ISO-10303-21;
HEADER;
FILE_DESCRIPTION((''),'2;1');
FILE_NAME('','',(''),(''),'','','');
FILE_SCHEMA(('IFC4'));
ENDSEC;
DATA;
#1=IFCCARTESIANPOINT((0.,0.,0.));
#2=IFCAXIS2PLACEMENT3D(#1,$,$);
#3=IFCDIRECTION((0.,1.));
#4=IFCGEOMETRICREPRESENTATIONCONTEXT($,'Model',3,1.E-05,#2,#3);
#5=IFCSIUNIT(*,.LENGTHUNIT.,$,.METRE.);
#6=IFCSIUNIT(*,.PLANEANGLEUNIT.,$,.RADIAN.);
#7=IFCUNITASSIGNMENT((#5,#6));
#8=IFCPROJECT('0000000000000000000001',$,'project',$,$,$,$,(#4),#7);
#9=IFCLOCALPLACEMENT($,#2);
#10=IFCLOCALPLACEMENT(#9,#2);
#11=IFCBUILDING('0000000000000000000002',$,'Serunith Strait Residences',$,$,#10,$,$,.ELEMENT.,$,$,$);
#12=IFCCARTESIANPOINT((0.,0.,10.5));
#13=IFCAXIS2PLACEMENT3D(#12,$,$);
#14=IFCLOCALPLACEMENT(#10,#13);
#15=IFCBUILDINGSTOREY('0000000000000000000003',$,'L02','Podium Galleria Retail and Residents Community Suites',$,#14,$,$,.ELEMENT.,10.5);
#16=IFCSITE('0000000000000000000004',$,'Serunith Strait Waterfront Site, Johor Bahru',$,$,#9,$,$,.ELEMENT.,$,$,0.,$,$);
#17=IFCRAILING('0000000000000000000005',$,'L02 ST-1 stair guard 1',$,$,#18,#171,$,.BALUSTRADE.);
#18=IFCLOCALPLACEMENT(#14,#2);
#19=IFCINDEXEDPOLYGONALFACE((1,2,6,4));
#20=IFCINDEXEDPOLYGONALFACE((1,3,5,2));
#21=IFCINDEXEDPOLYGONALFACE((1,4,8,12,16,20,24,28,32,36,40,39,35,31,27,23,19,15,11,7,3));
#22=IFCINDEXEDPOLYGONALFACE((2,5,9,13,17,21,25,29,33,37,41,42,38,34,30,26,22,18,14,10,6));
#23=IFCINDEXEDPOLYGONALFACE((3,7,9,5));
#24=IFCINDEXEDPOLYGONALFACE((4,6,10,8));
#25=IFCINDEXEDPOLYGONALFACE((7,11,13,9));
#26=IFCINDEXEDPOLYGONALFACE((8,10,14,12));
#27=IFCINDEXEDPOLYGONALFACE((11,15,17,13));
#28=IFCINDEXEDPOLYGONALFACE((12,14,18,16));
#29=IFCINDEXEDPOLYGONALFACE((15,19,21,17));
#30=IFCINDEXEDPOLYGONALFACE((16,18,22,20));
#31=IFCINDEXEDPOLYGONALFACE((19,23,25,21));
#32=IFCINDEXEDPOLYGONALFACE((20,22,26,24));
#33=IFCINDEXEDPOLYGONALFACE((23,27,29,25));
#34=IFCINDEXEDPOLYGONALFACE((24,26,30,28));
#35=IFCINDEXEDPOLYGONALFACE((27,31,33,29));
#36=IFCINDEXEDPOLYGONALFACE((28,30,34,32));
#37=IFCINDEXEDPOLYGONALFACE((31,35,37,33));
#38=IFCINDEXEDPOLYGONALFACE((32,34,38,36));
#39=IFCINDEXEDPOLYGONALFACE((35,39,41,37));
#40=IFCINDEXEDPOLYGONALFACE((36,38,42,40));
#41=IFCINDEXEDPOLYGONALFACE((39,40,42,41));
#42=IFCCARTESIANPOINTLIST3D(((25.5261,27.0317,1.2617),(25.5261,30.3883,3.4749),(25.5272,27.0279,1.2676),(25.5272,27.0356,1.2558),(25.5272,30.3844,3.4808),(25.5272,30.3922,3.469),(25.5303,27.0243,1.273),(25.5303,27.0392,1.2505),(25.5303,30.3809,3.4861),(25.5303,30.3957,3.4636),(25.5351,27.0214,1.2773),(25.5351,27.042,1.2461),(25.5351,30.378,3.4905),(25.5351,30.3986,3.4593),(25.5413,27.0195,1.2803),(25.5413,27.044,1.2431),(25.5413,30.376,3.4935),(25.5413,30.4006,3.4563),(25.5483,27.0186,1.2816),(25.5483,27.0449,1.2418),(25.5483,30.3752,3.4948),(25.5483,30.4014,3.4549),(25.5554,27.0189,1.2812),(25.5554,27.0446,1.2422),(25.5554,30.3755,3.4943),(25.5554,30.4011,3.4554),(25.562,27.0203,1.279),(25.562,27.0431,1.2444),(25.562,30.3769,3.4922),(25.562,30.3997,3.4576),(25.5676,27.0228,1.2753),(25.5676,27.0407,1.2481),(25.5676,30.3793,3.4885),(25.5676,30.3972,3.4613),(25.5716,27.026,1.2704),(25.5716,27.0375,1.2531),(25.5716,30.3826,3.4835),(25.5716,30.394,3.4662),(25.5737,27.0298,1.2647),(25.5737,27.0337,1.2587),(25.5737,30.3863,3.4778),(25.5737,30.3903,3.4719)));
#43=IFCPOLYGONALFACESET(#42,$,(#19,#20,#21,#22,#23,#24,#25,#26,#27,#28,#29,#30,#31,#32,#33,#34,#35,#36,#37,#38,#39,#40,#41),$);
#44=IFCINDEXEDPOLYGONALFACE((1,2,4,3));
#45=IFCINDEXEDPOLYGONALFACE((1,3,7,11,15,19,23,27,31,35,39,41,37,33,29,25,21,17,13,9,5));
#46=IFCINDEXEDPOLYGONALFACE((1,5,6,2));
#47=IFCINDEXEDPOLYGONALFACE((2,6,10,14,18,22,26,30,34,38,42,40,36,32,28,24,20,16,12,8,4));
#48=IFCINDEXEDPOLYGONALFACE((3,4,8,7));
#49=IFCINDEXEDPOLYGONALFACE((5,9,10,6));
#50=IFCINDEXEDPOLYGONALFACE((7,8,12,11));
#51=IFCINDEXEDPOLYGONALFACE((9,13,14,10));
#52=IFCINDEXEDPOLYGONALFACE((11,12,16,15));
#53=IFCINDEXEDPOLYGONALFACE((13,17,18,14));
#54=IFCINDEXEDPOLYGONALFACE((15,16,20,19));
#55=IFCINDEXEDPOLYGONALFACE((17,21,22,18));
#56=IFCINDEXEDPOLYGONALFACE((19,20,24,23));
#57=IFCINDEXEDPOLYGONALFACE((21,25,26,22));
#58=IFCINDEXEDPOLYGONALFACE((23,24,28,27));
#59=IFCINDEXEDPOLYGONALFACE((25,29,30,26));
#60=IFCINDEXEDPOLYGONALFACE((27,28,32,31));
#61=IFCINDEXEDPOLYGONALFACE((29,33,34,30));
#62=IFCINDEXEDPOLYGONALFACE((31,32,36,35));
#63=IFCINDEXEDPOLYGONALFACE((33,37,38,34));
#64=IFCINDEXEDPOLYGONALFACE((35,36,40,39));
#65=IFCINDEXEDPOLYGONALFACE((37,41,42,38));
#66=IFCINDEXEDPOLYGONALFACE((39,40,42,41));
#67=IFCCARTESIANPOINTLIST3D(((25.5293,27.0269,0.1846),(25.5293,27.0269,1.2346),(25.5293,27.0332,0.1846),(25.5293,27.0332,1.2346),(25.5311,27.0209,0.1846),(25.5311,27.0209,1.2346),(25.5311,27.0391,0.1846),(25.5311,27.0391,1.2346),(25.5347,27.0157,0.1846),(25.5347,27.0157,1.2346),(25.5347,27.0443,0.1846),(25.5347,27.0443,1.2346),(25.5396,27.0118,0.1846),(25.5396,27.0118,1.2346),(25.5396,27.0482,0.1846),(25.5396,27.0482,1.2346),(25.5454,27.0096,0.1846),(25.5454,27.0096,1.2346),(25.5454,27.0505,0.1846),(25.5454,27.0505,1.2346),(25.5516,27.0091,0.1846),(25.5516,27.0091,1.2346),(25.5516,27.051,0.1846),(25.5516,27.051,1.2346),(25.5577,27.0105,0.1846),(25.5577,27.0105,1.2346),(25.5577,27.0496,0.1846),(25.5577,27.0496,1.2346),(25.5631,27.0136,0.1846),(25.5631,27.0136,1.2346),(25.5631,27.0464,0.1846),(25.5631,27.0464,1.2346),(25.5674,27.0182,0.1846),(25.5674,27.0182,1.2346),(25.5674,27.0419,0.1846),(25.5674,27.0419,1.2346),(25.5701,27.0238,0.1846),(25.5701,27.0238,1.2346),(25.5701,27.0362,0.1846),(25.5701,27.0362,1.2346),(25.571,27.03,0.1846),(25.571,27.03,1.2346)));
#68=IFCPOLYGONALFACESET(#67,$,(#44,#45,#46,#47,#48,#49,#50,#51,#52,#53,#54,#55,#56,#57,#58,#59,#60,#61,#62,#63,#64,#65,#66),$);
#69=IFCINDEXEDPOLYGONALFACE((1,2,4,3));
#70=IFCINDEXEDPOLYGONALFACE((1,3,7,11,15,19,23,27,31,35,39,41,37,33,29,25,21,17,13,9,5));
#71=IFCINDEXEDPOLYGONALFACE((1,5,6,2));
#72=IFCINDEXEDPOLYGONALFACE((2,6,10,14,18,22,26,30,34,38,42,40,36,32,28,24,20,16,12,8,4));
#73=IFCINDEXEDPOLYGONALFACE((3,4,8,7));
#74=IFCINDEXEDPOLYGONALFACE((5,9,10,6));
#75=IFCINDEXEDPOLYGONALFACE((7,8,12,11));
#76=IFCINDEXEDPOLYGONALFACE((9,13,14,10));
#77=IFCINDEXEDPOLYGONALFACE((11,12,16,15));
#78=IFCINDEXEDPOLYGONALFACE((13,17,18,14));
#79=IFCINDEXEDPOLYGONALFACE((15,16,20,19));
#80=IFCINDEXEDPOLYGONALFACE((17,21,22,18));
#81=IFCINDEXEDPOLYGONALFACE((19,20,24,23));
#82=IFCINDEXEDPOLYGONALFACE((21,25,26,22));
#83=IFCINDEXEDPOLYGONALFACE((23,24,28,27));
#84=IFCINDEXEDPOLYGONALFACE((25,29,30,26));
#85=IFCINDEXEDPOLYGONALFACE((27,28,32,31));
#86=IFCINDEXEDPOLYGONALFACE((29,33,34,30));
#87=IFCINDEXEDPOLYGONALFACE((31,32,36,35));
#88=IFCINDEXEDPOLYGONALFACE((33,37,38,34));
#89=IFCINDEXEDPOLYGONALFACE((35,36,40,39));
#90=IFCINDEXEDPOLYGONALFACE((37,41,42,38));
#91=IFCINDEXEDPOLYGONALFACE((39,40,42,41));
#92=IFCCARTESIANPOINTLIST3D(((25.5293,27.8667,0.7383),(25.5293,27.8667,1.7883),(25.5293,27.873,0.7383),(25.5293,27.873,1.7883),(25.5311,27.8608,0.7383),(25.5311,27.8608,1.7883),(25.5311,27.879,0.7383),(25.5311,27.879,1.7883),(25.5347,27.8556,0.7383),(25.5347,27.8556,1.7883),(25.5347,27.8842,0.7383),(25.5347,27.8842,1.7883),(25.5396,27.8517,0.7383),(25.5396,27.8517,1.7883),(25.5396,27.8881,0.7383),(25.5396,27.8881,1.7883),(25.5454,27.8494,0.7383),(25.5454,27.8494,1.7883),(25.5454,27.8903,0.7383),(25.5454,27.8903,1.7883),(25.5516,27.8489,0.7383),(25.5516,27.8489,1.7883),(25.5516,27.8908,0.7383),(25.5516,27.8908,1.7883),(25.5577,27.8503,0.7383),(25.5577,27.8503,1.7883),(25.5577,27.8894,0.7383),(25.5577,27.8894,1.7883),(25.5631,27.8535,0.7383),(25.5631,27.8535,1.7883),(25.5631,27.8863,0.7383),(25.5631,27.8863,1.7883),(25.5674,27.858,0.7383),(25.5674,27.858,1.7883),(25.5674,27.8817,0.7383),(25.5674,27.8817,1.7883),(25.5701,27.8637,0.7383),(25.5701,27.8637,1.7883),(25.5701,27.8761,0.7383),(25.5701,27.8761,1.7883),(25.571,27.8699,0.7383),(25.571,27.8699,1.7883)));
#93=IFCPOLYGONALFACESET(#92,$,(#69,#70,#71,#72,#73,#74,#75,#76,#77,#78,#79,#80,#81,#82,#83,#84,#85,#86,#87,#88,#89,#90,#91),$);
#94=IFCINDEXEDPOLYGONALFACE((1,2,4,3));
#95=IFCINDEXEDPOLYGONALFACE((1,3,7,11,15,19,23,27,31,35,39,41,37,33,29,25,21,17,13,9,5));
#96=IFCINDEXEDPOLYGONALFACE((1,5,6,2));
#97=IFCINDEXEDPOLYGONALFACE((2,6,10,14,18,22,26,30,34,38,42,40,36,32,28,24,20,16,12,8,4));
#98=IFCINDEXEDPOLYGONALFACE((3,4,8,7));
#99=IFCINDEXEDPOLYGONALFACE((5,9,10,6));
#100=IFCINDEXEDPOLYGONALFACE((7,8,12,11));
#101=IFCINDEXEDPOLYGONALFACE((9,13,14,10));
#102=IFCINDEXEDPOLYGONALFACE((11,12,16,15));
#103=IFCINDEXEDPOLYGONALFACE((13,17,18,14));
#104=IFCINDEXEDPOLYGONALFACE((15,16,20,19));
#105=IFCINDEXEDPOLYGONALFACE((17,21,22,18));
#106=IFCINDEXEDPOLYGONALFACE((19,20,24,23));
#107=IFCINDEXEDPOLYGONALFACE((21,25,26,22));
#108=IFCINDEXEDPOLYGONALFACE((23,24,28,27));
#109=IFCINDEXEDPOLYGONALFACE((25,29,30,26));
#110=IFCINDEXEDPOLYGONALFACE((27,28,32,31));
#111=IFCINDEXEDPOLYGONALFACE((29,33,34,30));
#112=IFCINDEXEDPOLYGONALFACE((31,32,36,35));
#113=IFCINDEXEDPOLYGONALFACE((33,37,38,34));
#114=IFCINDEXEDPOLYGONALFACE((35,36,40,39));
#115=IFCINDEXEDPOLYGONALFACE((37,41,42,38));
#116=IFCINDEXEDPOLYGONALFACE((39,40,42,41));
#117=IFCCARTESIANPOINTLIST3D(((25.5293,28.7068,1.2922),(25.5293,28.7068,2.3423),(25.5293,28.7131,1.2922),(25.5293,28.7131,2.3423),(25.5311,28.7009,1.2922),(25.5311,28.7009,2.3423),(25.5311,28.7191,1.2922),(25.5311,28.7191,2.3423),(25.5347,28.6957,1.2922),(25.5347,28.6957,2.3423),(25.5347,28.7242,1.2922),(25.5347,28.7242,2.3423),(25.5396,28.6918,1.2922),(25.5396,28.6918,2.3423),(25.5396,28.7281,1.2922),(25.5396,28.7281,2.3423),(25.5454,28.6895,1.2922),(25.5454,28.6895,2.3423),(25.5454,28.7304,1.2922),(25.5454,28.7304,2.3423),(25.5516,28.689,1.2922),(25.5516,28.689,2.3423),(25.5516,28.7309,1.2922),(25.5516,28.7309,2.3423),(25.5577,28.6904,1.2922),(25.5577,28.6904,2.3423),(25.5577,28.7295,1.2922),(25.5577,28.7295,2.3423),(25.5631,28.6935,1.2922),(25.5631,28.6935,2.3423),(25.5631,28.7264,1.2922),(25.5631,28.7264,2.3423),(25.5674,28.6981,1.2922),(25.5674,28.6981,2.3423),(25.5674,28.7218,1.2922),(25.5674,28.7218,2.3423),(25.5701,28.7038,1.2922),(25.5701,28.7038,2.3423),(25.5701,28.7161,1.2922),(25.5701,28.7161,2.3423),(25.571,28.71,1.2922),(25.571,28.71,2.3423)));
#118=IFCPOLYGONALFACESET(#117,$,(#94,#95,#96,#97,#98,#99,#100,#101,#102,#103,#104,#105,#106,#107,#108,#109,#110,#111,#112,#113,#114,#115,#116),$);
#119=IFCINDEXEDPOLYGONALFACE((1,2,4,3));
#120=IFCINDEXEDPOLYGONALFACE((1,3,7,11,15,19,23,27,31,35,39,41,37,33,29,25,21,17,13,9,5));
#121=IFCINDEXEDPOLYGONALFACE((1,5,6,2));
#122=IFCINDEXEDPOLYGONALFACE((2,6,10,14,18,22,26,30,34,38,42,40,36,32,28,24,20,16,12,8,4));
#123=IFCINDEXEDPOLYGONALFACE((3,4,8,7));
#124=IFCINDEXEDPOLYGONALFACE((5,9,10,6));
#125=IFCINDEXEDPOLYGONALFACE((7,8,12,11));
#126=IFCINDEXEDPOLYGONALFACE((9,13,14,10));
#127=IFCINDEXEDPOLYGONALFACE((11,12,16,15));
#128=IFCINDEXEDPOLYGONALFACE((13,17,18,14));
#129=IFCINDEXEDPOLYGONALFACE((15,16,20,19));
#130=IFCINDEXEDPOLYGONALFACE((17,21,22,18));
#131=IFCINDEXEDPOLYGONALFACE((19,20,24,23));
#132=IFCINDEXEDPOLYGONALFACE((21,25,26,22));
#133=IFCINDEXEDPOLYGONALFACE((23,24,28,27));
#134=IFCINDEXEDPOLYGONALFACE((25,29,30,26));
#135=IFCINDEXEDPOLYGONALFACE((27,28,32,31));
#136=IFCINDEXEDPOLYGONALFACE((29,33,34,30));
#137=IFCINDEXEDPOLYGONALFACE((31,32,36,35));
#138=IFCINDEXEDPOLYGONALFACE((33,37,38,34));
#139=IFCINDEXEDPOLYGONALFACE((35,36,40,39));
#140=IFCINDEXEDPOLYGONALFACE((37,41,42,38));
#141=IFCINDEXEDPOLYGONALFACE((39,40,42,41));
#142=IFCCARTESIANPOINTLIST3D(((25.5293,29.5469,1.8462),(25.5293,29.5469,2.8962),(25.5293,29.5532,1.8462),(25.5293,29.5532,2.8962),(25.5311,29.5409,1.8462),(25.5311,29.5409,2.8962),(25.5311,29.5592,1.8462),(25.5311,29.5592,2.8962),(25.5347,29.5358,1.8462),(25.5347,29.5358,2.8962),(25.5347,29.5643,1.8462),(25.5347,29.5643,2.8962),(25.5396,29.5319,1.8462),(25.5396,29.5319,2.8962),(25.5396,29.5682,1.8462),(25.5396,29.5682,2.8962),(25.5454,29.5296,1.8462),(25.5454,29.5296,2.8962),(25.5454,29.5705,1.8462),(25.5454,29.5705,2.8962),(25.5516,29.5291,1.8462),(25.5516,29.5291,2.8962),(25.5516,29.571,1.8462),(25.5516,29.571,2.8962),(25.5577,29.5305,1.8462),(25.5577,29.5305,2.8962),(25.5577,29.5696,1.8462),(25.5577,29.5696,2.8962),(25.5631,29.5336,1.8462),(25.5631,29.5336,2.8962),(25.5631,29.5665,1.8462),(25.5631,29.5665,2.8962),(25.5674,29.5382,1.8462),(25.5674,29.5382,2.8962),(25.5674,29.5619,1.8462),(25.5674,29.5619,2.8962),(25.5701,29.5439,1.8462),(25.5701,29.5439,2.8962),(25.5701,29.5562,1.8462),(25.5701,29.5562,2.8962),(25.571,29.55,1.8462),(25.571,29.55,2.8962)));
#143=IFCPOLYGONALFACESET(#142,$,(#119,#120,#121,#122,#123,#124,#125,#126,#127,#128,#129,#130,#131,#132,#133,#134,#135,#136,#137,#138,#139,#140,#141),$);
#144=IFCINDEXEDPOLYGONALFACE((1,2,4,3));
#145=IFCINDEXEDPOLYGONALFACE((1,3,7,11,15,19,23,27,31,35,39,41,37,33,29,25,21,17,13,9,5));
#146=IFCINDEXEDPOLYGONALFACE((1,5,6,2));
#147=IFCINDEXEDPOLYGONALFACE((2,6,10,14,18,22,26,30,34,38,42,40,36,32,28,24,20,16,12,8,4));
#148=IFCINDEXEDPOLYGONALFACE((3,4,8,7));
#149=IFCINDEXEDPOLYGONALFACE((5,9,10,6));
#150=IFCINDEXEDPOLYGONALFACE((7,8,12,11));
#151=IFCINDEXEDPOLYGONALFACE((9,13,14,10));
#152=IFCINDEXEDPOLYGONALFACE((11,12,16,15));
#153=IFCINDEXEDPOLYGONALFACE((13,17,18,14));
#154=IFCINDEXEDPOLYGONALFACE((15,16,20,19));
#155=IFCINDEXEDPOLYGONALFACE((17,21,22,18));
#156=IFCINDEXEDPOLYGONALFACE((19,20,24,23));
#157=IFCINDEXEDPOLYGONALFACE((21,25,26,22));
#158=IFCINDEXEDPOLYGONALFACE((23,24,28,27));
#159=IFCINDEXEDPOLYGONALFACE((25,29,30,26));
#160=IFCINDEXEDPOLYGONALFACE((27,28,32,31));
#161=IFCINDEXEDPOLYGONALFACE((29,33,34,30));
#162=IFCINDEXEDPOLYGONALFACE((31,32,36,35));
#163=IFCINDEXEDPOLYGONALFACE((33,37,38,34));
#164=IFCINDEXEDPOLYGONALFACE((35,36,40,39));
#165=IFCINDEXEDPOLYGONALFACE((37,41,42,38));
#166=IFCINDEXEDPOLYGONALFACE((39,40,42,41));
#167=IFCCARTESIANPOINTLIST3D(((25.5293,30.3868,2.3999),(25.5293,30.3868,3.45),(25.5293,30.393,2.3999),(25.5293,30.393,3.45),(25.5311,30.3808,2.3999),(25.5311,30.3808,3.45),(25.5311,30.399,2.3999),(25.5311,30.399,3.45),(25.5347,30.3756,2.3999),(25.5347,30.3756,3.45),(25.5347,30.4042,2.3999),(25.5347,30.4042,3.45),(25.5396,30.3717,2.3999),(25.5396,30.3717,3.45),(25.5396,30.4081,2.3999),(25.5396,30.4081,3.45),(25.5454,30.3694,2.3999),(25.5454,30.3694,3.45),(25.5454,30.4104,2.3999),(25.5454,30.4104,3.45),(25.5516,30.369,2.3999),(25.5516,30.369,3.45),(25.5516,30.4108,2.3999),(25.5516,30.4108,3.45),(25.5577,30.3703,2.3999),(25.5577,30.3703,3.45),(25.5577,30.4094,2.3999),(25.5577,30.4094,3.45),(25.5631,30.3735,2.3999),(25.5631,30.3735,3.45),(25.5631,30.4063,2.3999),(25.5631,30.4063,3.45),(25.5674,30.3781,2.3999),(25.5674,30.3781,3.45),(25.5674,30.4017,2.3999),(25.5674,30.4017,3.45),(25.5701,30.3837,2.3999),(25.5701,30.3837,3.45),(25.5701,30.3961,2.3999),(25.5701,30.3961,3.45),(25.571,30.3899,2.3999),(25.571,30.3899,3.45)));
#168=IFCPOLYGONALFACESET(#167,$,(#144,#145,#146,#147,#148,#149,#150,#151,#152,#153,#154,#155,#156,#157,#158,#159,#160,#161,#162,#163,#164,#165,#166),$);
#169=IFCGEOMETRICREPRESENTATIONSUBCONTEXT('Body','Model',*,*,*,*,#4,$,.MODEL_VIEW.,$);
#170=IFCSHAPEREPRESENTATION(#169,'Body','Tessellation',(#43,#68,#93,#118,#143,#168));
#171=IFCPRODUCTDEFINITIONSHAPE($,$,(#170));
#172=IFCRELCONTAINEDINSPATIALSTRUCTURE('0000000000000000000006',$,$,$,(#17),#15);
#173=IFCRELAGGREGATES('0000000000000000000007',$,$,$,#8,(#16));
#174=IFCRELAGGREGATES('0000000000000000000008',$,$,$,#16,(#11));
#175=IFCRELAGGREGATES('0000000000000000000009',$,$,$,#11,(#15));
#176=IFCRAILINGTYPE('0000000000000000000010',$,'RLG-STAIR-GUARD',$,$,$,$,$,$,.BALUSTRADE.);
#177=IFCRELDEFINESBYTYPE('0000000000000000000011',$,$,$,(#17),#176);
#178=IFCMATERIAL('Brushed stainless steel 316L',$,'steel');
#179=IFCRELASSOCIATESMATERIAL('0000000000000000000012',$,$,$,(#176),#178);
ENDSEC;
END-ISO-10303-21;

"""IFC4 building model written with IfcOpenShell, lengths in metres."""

from ifc_helpers import new_model, si_unit, direction, frame, origin, origin_2d, place, context, subcontext, project, spatial, circle, extrude, material, type_object, element, save


model = new_model("IFC4")

# Units and contexts
model_context = context("Model", 3, precision=1e-05, world=origin(), true_north=direction((0.0, 1.0)))
body_context = subcontext(model_context, "Body", "Model", "MODEL_VIEW")
ifc_project = project(units=[si_unit("LENGTHUNIT", "METRE"), si_unit("PLANEANGLEUNIT", "RADIAN")], contexts=[model_context])

# Site, building, storey
site_placement = place(None, origin())
site = spatial("IfcSite", under=ifc_project, at=site_placement, Name="Serunith Strait Waterfront Site, Johor Bahru", CompositionType="ELEMENT", RefElevation=0.0)
building_placement = place(site_placement, origin())
building = spatial("IfcBuilding", under=site, at=building_placement, Name="Serunith Strait Residences", CompositionType="ELEMENT")
storey_placement = place(building_placement, frame((0.0, 0.0, 10.5)))
storey = spatial("IfcBuildingStorey", under=building, at=storey_placement, Name="L02", Description="Podium Galleria Retail and Residents Community Suites", CompositionType="ELEMENT", Elevation=10.5)

# Railing
ifc_material_1 = material(Name="Brushed stainless steel 316L", Category="steel")
railing_type_1 = type_object("IfcRailingType", Name="RLG-STAIR-GUARD", PredefinedType="BALUSTRADE", material=ifc_material_1)
railing_1_placement = place(storey_placement, frame((25.55, 27.03, 0.1846)))
element("IfcRailing", 1, at=railing_1_placement, inside=storey, type_object=railing_type_1, Name="L02 ST-1 stair guard 1", PredefinedType="BALUSTRADE", context=body_context, shape_type="SweptSolid", body=[
    extrude(circle(Radius=0.0239, at=origin_2d()), frame((0.0, 0.0017, 1.0771), z_axis=(0.0, 0.834858, 0.550465), x_axis=(-1.0, 0.0, 0.0)), (0.0, 0.0, 1.0), 4.0205),
    extrude(circle(Radius=0.021, at=origin_2d()), origin(), (0.0, 0.0, 1.0), 1.05),
    extrude(circle(Radius=0.021, at=origin_2d()), frame((0.0, 0.8398, 0.5537)), (0.0, 0.0, 1.0), 1.05),
    extrude(circle(Radius=0.021, at=origin_2d()), frame((0.0, 1.6799, 1.1077)), (0.0, 0.0, 1.0), 1.05),
    extrude(circle(Radius=0.021, at=origin_2d()), frame((0.0, 2.52, 1.6616)), (0.0, 0.0, 1.0), 1.05),
    extrude(circle(Radius=0.021, at=origin_2d()), frame((0.0, 3.3599, 2.2153)), (0.0, 0.0, 1.0), 1.05),
])

save(model, "model.ifc")
